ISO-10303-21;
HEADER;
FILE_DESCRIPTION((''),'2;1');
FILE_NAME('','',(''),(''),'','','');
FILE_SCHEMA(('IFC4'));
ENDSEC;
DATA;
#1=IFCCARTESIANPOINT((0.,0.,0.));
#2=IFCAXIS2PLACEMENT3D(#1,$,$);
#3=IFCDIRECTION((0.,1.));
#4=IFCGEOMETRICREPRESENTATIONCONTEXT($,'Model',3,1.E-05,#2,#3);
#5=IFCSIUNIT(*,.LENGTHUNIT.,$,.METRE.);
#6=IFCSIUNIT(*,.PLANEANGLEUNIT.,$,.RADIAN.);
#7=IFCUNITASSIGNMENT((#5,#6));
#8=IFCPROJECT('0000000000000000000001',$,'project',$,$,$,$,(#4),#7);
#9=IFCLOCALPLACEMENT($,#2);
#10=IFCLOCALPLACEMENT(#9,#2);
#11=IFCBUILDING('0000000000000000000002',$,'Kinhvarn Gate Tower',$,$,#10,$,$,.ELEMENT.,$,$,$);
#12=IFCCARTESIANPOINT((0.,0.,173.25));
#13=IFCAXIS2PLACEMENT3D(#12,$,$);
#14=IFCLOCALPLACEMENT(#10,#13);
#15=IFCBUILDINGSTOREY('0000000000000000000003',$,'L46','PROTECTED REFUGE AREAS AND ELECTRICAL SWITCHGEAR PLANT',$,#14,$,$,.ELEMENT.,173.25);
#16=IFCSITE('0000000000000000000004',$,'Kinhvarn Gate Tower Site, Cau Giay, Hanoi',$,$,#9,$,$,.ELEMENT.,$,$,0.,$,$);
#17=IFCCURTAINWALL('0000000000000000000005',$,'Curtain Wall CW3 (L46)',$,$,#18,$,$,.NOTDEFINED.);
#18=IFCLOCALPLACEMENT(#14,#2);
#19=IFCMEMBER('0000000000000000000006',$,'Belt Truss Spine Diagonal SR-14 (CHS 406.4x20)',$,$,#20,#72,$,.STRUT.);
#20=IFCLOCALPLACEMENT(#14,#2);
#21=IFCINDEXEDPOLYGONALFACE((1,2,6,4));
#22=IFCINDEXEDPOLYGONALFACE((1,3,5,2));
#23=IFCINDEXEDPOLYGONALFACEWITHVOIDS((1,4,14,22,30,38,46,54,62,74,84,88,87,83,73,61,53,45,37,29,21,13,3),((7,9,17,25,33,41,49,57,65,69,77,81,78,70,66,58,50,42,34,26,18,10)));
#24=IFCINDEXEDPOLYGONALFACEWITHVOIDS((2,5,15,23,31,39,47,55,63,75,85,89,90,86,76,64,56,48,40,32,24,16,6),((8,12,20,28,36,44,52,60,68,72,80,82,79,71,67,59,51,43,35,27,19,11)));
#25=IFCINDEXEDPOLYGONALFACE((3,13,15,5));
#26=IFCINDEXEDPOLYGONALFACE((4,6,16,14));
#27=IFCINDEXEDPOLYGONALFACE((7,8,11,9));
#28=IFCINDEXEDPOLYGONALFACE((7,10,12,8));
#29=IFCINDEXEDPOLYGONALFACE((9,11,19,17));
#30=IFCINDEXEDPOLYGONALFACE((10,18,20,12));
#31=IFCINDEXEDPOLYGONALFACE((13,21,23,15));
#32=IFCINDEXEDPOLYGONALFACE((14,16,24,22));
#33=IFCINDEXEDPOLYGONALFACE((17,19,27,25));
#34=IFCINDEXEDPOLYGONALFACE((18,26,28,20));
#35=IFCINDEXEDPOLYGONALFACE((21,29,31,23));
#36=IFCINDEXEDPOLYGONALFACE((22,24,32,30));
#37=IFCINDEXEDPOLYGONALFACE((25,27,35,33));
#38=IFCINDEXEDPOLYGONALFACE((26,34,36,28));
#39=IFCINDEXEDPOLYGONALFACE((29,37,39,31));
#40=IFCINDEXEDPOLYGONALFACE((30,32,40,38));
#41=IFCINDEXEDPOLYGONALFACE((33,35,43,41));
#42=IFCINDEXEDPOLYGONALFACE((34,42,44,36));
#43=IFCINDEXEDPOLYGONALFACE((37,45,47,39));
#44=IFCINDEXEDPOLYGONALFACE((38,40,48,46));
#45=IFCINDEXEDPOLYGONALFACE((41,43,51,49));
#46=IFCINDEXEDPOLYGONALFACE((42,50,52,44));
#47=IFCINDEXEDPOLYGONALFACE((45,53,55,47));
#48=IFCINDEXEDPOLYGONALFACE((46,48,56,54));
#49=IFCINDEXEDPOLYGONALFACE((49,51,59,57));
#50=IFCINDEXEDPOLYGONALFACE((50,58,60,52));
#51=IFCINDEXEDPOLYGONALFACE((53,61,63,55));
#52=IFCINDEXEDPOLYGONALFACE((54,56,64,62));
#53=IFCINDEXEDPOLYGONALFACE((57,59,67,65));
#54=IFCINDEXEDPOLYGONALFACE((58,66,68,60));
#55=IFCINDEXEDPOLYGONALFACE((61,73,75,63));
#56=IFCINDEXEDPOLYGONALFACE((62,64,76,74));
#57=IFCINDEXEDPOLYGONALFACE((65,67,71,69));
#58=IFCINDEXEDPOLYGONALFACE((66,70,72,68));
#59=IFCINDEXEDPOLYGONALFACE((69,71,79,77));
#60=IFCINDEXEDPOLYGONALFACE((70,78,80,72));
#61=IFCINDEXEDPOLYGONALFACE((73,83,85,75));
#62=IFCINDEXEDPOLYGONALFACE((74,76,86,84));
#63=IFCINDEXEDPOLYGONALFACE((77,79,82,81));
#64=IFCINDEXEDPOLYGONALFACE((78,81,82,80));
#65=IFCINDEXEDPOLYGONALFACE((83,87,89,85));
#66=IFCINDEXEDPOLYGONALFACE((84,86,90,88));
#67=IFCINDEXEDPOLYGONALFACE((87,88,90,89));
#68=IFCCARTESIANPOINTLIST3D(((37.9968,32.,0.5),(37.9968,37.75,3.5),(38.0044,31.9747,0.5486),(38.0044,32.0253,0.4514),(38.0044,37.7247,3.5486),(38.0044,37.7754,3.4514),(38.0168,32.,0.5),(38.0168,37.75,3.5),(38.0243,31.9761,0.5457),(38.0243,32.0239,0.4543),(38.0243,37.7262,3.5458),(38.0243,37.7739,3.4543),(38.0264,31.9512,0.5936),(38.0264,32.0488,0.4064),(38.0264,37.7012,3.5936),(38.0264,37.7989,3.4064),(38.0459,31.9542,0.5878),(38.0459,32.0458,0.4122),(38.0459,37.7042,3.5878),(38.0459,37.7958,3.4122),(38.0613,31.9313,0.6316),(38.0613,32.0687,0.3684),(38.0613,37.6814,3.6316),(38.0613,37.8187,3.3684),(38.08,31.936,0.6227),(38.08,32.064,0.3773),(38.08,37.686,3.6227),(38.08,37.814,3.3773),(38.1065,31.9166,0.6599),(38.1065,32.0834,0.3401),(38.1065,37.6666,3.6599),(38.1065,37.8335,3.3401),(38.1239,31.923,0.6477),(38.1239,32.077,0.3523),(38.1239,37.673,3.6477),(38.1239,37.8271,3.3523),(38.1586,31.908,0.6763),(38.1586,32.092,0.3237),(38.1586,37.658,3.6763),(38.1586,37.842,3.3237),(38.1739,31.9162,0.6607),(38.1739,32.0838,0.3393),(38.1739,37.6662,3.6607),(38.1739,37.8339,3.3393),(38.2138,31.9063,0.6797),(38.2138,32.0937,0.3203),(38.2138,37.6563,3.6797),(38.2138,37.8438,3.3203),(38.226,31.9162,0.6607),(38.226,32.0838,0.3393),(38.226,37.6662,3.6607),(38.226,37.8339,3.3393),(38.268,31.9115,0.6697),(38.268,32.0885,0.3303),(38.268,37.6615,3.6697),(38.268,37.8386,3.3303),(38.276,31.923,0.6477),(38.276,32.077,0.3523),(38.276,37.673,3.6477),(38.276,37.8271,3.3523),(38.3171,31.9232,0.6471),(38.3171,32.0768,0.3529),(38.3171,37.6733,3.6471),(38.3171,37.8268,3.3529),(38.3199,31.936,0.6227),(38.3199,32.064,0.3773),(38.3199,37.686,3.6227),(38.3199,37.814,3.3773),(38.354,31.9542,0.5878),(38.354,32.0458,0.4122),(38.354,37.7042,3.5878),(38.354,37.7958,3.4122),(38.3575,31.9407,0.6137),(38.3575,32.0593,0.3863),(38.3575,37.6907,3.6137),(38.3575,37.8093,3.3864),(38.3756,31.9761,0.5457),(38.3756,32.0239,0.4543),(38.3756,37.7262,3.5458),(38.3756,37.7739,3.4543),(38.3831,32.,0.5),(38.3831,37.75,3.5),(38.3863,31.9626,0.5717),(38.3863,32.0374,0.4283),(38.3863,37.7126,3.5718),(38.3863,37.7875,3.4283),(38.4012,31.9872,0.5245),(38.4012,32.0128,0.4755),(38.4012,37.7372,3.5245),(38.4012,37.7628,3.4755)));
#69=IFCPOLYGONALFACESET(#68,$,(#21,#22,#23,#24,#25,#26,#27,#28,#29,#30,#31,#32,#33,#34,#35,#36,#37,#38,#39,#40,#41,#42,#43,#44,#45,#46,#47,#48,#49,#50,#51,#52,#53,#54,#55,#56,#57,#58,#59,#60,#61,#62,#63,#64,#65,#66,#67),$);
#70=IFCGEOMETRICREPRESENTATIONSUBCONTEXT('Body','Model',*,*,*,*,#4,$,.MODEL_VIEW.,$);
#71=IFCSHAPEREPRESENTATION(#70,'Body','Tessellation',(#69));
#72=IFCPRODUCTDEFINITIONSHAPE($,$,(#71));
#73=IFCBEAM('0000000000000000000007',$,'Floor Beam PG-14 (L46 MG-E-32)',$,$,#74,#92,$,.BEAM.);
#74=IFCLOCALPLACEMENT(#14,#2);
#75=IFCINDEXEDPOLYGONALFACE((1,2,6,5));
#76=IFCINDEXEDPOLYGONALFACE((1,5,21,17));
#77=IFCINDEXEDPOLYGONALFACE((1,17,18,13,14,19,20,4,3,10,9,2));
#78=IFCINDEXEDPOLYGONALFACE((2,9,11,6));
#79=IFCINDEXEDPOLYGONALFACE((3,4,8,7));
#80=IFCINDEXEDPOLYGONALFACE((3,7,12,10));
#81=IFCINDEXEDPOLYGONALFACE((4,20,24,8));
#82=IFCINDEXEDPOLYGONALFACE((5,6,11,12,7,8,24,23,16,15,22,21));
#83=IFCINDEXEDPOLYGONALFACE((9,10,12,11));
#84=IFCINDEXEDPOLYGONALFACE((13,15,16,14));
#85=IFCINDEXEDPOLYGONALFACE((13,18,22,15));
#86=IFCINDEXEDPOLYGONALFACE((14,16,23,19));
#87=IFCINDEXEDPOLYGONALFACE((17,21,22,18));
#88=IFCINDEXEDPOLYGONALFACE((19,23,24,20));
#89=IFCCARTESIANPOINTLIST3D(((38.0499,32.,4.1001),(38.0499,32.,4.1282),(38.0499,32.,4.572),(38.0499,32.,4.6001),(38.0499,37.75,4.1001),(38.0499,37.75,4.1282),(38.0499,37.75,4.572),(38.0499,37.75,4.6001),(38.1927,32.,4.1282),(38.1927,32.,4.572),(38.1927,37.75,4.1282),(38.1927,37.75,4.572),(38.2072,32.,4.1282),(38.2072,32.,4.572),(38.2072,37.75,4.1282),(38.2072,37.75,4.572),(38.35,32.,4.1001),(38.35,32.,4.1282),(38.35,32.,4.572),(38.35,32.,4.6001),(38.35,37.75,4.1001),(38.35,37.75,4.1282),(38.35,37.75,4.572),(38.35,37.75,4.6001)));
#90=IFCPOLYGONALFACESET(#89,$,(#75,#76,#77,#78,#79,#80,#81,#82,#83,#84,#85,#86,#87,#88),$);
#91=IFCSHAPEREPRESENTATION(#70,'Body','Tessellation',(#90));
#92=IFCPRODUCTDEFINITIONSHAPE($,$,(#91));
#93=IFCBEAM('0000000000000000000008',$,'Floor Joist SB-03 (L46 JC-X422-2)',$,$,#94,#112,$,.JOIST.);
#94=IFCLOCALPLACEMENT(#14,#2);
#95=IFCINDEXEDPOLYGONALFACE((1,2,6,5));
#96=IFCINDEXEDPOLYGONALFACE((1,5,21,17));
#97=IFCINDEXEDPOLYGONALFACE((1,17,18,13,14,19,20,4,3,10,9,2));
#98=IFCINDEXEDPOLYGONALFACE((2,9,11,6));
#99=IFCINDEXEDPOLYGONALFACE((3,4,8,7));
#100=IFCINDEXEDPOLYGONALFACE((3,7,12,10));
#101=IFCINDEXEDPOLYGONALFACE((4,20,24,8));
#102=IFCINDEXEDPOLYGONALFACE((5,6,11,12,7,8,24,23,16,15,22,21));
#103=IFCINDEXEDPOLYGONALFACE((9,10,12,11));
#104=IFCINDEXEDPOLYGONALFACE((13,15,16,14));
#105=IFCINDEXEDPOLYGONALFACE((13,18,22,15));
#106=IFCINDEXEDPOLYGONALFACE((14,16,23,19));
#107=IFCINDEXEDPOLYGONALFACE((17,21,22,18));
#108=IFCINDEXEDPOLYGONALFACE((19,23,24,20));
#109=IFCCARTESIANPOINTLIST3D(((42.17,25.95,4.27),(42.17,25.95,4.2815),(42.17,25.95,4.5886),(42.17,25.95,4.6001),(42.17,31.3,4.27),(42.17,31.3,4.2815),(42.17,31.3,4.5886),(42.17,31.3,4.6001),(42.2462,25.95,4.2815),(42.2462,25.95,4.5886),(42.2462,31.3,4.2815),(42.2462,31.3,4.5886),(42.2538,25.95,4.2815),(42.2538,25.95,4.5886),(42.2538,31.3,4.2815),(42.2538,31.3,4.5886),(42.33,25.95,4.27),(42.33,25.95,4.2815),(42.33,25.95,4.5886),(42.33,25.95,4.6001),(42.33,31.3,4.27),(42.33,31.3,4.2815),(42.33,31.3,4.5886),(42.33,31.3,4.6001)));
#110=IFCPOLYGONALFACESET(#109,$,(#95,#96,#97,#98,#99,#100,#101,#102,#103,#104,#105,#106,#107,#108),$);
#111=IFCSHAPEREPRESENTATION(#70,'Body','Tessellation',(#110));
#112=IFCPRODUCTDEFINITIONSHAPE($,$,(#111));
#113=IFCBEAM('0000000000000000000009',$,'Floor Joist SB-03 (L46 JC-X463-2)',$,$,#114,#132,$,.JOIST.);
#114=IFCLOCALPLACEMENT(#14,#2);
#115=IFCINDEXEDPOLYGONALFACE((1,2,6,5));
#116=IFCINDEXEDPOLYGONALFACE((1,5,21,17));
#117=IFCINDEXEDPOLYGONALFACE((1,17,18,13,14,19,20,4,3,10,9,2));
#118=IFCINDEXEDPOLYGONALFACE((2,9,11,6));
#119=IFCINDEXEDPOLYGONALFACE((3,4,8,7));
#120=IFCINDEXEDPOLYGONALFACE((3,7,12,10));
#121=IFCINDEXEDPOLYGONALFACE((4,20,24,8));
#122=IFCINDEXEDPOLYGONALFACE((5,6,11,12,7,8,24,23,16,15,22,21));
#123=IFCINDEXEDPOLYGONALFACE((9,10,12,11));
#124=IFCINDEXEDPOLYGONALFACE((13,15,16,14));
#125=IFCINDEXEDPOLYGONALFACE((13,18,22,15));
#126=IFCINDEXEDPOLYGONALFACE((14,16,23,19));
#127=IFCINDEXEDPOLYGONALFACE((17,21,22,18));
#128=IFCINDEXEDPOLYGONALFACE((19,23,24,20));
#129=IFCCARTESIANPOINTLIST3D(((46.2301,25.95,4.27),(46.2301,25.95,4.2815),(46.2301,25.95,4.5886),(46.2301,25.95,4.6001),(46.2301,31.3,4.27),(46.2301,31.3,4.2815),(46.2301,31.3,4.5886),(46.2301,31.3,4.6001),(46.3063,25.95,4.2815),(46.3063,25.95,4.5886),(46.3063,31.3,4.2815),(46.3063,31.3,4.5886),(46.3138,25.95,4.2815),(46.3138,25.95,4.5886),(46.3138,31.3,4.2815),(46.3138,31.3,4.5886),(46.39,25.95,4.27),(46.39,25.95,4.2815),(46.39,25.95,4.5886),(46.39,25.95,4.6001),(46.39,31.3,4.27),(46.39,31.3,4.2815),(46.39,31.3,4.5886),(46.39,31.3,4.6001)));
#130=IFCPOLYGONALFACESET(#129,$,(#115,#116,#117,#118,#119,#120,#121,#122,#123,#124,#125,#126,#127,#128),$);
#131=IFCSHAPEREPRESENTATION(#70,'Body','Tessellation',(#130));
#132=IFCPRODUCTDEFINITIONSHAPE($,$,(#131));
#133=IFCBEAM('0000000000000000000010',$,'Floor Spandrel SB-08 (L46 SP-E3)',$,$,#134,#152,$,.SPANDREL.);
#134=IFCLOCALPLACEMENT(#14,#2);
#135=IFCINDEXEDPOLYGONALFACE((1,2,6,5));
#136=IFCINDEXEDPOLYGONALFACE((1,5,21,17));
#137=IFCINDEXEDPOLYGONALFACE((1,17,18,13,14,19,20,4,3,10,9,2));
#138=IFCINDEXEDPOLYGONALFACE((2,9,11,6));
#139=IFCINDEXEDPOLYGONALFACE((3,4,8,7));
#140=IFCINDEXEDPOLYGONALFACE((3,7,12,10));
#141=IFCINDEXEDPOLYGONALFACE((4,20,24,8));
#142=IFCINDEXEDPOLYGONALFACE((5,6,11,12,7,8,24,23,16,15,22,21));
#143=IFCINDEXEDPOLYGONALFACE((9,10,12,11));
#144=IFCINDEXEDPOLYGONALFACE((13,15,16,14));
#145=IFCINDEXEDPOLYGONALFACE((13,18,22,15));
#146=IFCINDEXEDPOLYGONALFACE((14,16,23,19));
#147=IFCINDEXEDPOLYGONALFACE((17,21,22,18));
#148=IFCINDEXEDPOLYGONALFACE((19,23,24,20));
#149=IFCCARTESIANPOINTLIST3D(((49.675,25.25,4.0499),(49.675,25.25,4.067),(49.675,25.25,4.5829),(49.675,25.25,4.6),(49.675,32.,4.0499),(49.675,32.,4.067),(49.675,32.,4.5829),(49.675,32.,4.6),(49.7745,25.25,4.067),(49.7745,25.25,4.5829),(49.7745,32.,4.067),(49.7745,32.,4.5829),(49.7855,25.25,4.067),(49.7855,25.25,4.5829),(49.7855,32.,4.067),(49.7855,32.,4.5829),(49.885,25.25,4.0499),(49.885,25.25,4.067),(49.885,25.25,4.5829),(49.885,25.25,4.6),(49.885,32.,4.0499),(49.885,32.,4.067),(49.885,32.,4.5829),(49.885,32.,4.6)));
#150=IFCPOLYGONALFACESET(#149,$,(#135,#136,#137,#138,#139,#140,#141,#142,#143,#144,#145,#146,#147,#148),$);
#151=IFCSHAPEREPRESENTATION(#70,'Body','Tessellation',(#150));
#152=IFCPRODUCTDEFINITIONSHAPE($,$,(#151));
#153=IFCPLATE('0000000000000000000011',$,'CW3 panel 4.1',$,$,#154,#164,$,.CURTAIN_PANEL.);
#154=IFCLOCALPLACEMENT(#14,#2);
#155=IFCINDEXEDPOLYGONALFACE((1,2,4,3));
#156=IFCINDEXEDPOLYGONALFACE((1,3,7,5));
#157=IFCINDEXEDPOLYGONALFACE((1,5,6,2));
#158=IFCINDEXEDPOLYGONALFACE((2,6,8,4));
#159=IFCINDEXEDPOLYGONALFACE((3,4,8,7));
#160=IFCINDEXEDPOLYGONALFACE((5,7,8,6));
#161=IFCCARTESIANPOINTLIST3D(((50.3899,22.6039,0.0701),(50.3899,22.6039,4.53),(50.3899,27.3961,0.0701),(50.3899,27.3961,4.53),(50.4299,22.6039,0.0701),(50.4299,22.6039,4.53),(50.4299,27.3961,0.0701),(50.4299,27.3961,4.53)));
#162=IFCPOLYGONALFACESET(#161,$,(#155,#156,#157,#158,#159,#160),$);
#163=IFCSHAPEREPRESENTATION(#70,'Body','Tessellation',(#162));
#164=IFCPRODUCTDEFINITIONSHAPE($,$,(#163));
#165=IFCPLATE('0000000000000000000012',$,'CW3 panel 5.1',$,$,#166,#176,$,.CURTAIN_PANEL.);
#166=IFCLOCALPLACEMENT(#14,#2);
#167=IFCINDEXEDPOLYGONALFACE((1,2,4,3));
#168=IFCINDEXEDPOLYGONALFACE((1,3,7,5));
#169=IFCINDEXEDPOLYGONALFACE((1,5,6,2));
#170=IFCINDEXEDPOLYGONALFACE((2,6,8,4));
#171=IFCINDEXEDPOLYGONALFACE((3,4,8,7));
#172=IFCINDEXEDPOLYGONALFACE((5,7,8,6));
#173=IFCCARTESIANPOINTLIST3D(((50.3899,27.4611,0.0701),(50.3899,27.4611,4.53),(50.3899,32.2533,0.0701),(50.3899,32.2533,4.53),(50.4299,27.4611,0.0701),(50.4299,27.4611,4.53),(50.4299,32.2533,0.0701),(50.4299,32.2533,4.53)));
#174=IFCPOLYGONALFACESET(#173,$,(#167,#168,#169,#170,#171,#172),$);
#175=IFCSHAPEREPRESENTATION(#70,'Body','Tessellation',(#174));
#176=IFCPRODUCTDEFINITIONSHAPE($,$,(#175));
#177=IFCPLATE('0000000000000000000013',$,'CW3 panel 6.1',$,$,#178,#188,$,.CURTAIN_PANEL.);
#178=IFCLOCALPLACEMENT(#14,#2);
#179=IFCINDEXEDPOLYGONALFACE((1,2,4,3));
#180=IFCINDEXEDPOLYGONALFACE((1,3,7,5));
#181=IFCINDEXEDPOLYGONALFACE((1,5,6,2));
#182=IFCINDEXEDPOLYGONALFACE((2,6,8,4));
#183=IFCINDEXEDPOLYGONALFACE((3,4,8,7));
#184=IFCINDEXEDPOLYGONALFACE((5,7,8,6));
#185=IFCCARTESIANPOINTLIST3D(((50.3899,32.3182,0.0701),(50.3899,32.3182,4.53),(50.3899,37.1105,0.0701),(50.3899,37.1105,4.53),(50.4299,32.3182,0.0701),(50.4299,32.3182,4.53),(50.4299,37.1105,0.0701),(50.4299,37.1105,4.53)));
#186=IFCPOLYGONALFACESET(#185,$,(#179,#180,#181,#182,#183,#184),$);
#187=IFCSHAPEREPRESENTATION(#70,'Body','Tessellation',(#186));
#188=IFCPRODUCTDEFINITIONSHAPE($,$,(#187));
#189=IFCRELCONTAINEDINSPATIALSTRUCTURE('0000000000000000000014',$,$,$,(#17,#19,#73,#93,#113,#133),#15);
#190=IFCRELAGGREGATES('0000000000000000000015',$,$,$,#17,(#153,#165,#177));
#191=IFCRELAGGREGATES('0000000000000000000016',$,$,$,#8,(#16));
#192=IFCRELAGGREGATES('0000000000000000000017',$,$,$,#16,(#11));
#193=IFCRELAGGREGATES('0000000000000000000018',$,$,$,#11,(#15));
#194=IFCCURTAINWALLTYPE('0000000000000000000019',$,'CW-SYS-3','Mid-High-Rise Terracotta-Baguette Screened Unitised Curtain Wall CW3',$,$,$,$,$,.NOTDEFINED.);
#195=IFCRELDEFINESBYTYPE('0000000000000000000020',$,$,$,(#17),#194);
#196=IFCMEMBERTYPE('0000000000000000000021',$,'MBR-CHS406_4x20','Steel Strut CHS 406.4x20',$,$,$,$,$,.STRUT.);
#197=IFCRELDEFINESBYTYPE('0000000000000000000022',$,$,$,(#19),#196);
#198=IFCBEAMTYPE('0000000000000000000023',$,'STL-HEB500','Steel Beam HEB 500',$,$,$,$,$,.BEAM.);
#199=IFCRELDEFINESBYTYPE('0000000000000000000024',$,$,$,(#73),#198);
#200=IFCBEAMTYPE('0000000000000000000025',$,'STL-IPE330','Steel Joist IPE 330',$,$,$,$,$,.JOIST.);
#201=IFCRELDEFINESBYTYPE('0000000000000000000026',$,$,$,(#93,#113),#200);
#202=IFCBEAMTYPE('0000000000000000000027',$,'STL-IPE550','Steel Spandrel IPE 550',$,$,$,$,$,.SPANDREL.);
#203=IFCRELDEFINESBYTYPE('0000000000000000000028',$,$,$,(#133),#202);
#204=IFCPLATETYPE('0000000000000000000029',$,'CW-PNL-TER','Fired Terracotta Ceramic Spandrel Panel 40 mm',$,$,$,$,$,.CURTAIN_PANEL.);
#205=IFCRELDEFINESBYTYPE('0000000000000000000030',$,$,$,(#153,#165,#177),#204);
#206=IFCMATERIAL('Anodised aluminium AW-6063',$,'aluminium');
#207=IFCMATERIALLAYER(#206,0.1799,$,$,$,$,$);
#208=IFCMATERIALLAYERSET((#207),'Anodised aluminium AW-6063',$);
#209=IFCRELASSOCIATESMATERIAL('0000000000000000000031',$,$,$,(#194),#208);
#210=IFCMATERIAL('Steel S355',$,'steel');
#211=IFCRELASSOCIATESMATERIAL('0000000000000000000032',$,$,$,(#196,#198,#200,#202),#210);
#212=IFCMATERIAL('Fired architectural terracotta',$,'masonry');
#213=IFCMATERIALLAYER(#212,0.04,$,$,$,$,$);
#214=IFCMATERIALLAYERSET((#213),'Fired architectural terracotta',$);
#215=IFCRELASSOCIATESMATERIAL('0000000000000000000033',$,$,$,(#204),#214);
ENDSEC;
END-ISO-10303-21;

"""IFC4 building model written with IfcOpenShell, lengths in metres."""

from ifc_helpers import new_model, si_unit, direction, frame, origin, origin_2d, place, context, subcontext, project, spatial, rectangle, hollow_circle, i_section, extrude, material, layer, layer_set, material_profile, profile_set, type_object, element, aggregate, save


model = new_model("IFC4")

# Units and contexts
model_context = context("Model", 3, precision=1e-05, world=origin(), true_north=direction((0.0, 1.0)))
body_context = subcontext(model_context, "Body", "Model", "MODEL_VIEW")
ifc_project = project(units=[si_unit("LENGTHUNIT", "METRE"), si_unit("PLANEANGLEUNIT", "RADIAN")], contexts=[model_context])

# Site, building, storey
site_placement = place(None, origin())
site = spatial("IfcSite", under=ifc_project, at=site_placement, Name="Kinhvarn Gate Tower Site, Cau Giay, Hanoi", CompositionType="ELEMENT", RefElevation=0.0)
building_placement = place(site_placement, origin())
building = spatial("IfcBuilding", under=site, at=building_placement, Name="Kinhvarn Gate Tower", CompositionType="ELEMENT")
storey_placement = place(building_placement, frame((0.0, 0.0, 173.25)))
storey = spatial("IfcBuildingStorey", under=building, at=storey_placement, Name="L46", Description="PROTECTED REFUGE AREAS AND ELECTRICAL SWITCHGEAR PLANT", CompositionType="ELEMENT", Elevation=173.25)

# Curtain wall
ifc_material_1 = material(Name="Anodised aluminium AW-6063", Category="aluminium")
ifc_layer_1 = layer(ifc_material_1, 0.1799)
ifc_layer_set_1 = layer_set([ifc_layer_1], Name="Anodised aluminium AW-6063")
curtain_wall_type = type_object("IfcCurtainWallType", Name="CW-SYS-3", Description="Mid-High-Rise Terracotta-Baguette Screened Unitised Curtain Wall CW3", PredefinedType="NOTDEFINED", material=ifc_layer_set_1)
curtain_wall_placement = place(storey_placement, origin())
curtain_wall = element("IfcCurtainWall", 1, at=curtain_wall_placement, inside=storey, type_object=curtain_wall_type, Name="Curtain Wall CW3 (L46)", PredefinedType="NOTDEFINED")

# Member
ifc_material_2 = material(Name="Steel S355", Category="steel")
ifc_material_profile_1 = material_profile(ifc_material_2, hollow_circle(Radius=0.2031, WallThickness=0.02, at=origin_2d()), Name="CHS 406.4x20")
ifc_profile_set_1 = profile_set([ifc_material_profile_1], Name="Steel S355")
member_type_1 = type_object("IfcMemberType", Name="MBR-CHS406_4x20", Description="Steel Strut CHS 406.4x20", PredefinedType="STRUT", material=ifc_profile_set_1)
member_1_placement = place(storey_placement, frame((38.2, 32.0, 0.5), z_axis=(0.0, 0.886585, 0.462566), x_axis=(-1.0, 0.0, 0.0)))
element("IfcMember", 2, at=member_1_placement, inside=storey, type_object=member_type_1, Name="Belt Truss Spine Diagonal SR-14 (CHS 406.4x20)", PredefinedType="STRUT", context=body_context, shape_type="SweptSolid", body=[
    extrude(hollow_circle(Radius=0.2031, WallThickness=0.02, at=origin_2d()), origin(), (0.0, 0.0, 1.0), 6.4856),
])

# Beams
ifc_material_profile_2 = material_profile(ifc_material_2, i_section(OverallWidth=0.3, OverallDepth=0.5, WebThickness=0.0144, FlangeThickness=0.0281, at=origin_2d()), Name="HEB 500")
ifc_profile_set_2 = profile_set([ifc_material_profile_2], Name="Steel S355")
beam_type_1 = type_object("IfcBeamType", Name="STL-HEB500", Description="Steel Beam HEB 500", PredefinedType="BEAM", material=ifc_profile_set_2)
beam_1_placement = place(storey_placement, frame((38.2, 32.0, 4.3501), z_axis=(0.0, 1.0, 0.0), x_axis=(-1.0, 0.0, 0.0)))
element("IfcBeam", 3, at=beam_1_placement, inside=storey, type_object=beam_type_1, Name="Floor Beam PG-14 (L46 MG-E-32)", PredefinedType="BEAM", context=body_context, shape_type="SweptSolid", body=[
    extrude(i_section(OverallWidth=0.3, OverallDepth=0.5, WebThickness=0.0144, FlangeThickness=0.0281, at=origin_2d()), origin(), (0.0, 0.0, 1.0), 5.75),
])
ifc_material_profile_3 = material_profile(ifc_material_2, i_section(OverallWidth=0.1599, OverallDepth=0.3301, WebThickness=0.0076, FlangeThickness=0.0115, at=origin_2d()), Name="IPE 330")
ifc_profile_set_3 = profile_set([ifc_material_profile_3], Name="Steel S355")
beam_type_2 = type_object("IfcBeamType", Name="STL-IPE330", Description="Steel Joist IPE 330", PredefinedType="JOIST", material=ifc_profile_set_3)
for number, where, z_axis, x_axis, name in (
    (4, (42.25, 25.95, 4.4351), (0.0, 1.0, 0.0), (-1.0, 0.0, 0.0), "Floor Joist SB-03 (L46 JC-X422-2)"),
    (5, (46.3101, 25.95, 4.4351), (0.0, 1.0, 0.0), (-1.0, 0.0, 0.0), "Floor Joist SB-03 (L46 JC-X463-2)"),
):
    element("IfcBeam", number, at=place(storey_placement, frame(where, z_axis=z_axis, x_axis=x_axis)), inside=storey, type_object=beam_type_2, Name=name, PredefinedType="JOIST", context=body_context, shape_type="SweptSolid", body=[
        extrude(i_section(OverallWidth=0.1599, OverallDepth=0.3301, WebThickness=0.0076, FlangeThickness=0.0115, at=origin_2d()), origin(), (0.0, 0.0, 1.0), 5.3501),
    ])
ifc_material_profile_4 = material_profile(ifc_material_2, i_section(OverallWidth=0.21, OverallDepth=0.55, WebThickness=0.011, FlangeThickness=0.0171, at=origin_2d()), Name="IPE 550")
ifc_profile_set_4 = profile_set([ifc_material_profile_4], Name="Steel S355")
beam_type_3 = type_object("IfcBeamType", Name="STL-IPE550", Description="Steel Spandrel IPE 550", PredefinedType="SPANDREL", material=ifc_profile_set_4)
beam_2_placement = place(storey_placement, frame((49.78, 25.25, 4.325), z_axis=(0.0, 1.0, 0.0), x_axis=(-1.0, 0.0, 0.0)))
element("IfcBeam", 6, at=beam_2_placement, inside=storey, type_object=beam_type_3, Name="Floor Spandrel SB-08 (L46 SP-E3)", PredefinedType="SPANDREL", context=body_context, shape_type="SweptSolid", body=[
    extrude(i_section(OverallWidth=0.21, OverallDepth=0.55, WebThickness=0.011, FlangeThickness=0.0171, at=origin_2d()), origin(), (0.0, 0.0, 1.0), 6.75),
])

# Plates
ifc_material_3 = material(Name="Fired architectural terracotta", Category="masonry")
ifc_layer_2 = layer(ifc_material_3, 0.04)
ifc_layer_set_2 = layer_set([ifc_layer_2], Name="Fired architectural terracotta")
plate_type = type_object("IfcPlateType", Name="CW-PNL-TER", Description="Fired Terracotta Ceramic Spandrel Panel 40 mm", PredefinedType="CURTAIN_PANEL", material=ifc_layer_set_2)
plate_1_placement = place(storey_placement, frame((50.4099, 25.0, 0.0701), z_axis=(0.0, 0.0, 1.0), x_axis=(0.0, 1.0, 0.0)))
plate_1 = element("IfcPlate", 7, at=plate_1_placement, type_object=plate_type, Name="CW3 panel 4.1", PredefinedType="CURTAIN_PANEL", context=body_context, shape_type="SweptSolid", body=[
    extrude(rectangle(XDim=4.7922, YDim=0.04, at=origin_2d()), origin(), (0.0, 0.0, 1.0), 4.46),
])
plate_2_placement = place(storey_placement, frame((50.4099, 29.8572, 0.0701), z_axis=(0.0, 0.0, 1.0), x_axis=(0.0, 1.0, 0.0)))
plate_2 = element("IfcPlate", 8, at=plate_2_placement, type_object=plate_type, Name="CW3 panel 5.1", PredefinedType="CURTAIN_PANEL", context=body_context, shape_type="SweptSolid", body=[
    extrude(rectangle(XDim=4.7922, YDim=0.04, at=origin_2d()), origin(), (0.0, 0.0, 1.0), 4.46),
])
plate_3_placement = place(storey_placement, frame((50.4099, 34.7144, 0.0701), z_axis=(0.0, 0.0, 1.0), x_axis=(0.0, 1.0, 0.0)))
plate_3 = element("IfcPlate", 9, at=plate_3_placement, type_object=plate_type, Name="CW3 panel 6.1", PredefinedType="CURTAIN_PANEL", context=body_context, shape_type="SweptSolid", body=[
    extrude(rectangle(XDim=4.7922, YDim=0.04, at=origin_2d()), origin(), (0.0, 0.0, 1.0), 4.46),
])
aggregate(curtain_wall, [plate_1, plate_2, plate_3])

save(model, "model.ifc")
